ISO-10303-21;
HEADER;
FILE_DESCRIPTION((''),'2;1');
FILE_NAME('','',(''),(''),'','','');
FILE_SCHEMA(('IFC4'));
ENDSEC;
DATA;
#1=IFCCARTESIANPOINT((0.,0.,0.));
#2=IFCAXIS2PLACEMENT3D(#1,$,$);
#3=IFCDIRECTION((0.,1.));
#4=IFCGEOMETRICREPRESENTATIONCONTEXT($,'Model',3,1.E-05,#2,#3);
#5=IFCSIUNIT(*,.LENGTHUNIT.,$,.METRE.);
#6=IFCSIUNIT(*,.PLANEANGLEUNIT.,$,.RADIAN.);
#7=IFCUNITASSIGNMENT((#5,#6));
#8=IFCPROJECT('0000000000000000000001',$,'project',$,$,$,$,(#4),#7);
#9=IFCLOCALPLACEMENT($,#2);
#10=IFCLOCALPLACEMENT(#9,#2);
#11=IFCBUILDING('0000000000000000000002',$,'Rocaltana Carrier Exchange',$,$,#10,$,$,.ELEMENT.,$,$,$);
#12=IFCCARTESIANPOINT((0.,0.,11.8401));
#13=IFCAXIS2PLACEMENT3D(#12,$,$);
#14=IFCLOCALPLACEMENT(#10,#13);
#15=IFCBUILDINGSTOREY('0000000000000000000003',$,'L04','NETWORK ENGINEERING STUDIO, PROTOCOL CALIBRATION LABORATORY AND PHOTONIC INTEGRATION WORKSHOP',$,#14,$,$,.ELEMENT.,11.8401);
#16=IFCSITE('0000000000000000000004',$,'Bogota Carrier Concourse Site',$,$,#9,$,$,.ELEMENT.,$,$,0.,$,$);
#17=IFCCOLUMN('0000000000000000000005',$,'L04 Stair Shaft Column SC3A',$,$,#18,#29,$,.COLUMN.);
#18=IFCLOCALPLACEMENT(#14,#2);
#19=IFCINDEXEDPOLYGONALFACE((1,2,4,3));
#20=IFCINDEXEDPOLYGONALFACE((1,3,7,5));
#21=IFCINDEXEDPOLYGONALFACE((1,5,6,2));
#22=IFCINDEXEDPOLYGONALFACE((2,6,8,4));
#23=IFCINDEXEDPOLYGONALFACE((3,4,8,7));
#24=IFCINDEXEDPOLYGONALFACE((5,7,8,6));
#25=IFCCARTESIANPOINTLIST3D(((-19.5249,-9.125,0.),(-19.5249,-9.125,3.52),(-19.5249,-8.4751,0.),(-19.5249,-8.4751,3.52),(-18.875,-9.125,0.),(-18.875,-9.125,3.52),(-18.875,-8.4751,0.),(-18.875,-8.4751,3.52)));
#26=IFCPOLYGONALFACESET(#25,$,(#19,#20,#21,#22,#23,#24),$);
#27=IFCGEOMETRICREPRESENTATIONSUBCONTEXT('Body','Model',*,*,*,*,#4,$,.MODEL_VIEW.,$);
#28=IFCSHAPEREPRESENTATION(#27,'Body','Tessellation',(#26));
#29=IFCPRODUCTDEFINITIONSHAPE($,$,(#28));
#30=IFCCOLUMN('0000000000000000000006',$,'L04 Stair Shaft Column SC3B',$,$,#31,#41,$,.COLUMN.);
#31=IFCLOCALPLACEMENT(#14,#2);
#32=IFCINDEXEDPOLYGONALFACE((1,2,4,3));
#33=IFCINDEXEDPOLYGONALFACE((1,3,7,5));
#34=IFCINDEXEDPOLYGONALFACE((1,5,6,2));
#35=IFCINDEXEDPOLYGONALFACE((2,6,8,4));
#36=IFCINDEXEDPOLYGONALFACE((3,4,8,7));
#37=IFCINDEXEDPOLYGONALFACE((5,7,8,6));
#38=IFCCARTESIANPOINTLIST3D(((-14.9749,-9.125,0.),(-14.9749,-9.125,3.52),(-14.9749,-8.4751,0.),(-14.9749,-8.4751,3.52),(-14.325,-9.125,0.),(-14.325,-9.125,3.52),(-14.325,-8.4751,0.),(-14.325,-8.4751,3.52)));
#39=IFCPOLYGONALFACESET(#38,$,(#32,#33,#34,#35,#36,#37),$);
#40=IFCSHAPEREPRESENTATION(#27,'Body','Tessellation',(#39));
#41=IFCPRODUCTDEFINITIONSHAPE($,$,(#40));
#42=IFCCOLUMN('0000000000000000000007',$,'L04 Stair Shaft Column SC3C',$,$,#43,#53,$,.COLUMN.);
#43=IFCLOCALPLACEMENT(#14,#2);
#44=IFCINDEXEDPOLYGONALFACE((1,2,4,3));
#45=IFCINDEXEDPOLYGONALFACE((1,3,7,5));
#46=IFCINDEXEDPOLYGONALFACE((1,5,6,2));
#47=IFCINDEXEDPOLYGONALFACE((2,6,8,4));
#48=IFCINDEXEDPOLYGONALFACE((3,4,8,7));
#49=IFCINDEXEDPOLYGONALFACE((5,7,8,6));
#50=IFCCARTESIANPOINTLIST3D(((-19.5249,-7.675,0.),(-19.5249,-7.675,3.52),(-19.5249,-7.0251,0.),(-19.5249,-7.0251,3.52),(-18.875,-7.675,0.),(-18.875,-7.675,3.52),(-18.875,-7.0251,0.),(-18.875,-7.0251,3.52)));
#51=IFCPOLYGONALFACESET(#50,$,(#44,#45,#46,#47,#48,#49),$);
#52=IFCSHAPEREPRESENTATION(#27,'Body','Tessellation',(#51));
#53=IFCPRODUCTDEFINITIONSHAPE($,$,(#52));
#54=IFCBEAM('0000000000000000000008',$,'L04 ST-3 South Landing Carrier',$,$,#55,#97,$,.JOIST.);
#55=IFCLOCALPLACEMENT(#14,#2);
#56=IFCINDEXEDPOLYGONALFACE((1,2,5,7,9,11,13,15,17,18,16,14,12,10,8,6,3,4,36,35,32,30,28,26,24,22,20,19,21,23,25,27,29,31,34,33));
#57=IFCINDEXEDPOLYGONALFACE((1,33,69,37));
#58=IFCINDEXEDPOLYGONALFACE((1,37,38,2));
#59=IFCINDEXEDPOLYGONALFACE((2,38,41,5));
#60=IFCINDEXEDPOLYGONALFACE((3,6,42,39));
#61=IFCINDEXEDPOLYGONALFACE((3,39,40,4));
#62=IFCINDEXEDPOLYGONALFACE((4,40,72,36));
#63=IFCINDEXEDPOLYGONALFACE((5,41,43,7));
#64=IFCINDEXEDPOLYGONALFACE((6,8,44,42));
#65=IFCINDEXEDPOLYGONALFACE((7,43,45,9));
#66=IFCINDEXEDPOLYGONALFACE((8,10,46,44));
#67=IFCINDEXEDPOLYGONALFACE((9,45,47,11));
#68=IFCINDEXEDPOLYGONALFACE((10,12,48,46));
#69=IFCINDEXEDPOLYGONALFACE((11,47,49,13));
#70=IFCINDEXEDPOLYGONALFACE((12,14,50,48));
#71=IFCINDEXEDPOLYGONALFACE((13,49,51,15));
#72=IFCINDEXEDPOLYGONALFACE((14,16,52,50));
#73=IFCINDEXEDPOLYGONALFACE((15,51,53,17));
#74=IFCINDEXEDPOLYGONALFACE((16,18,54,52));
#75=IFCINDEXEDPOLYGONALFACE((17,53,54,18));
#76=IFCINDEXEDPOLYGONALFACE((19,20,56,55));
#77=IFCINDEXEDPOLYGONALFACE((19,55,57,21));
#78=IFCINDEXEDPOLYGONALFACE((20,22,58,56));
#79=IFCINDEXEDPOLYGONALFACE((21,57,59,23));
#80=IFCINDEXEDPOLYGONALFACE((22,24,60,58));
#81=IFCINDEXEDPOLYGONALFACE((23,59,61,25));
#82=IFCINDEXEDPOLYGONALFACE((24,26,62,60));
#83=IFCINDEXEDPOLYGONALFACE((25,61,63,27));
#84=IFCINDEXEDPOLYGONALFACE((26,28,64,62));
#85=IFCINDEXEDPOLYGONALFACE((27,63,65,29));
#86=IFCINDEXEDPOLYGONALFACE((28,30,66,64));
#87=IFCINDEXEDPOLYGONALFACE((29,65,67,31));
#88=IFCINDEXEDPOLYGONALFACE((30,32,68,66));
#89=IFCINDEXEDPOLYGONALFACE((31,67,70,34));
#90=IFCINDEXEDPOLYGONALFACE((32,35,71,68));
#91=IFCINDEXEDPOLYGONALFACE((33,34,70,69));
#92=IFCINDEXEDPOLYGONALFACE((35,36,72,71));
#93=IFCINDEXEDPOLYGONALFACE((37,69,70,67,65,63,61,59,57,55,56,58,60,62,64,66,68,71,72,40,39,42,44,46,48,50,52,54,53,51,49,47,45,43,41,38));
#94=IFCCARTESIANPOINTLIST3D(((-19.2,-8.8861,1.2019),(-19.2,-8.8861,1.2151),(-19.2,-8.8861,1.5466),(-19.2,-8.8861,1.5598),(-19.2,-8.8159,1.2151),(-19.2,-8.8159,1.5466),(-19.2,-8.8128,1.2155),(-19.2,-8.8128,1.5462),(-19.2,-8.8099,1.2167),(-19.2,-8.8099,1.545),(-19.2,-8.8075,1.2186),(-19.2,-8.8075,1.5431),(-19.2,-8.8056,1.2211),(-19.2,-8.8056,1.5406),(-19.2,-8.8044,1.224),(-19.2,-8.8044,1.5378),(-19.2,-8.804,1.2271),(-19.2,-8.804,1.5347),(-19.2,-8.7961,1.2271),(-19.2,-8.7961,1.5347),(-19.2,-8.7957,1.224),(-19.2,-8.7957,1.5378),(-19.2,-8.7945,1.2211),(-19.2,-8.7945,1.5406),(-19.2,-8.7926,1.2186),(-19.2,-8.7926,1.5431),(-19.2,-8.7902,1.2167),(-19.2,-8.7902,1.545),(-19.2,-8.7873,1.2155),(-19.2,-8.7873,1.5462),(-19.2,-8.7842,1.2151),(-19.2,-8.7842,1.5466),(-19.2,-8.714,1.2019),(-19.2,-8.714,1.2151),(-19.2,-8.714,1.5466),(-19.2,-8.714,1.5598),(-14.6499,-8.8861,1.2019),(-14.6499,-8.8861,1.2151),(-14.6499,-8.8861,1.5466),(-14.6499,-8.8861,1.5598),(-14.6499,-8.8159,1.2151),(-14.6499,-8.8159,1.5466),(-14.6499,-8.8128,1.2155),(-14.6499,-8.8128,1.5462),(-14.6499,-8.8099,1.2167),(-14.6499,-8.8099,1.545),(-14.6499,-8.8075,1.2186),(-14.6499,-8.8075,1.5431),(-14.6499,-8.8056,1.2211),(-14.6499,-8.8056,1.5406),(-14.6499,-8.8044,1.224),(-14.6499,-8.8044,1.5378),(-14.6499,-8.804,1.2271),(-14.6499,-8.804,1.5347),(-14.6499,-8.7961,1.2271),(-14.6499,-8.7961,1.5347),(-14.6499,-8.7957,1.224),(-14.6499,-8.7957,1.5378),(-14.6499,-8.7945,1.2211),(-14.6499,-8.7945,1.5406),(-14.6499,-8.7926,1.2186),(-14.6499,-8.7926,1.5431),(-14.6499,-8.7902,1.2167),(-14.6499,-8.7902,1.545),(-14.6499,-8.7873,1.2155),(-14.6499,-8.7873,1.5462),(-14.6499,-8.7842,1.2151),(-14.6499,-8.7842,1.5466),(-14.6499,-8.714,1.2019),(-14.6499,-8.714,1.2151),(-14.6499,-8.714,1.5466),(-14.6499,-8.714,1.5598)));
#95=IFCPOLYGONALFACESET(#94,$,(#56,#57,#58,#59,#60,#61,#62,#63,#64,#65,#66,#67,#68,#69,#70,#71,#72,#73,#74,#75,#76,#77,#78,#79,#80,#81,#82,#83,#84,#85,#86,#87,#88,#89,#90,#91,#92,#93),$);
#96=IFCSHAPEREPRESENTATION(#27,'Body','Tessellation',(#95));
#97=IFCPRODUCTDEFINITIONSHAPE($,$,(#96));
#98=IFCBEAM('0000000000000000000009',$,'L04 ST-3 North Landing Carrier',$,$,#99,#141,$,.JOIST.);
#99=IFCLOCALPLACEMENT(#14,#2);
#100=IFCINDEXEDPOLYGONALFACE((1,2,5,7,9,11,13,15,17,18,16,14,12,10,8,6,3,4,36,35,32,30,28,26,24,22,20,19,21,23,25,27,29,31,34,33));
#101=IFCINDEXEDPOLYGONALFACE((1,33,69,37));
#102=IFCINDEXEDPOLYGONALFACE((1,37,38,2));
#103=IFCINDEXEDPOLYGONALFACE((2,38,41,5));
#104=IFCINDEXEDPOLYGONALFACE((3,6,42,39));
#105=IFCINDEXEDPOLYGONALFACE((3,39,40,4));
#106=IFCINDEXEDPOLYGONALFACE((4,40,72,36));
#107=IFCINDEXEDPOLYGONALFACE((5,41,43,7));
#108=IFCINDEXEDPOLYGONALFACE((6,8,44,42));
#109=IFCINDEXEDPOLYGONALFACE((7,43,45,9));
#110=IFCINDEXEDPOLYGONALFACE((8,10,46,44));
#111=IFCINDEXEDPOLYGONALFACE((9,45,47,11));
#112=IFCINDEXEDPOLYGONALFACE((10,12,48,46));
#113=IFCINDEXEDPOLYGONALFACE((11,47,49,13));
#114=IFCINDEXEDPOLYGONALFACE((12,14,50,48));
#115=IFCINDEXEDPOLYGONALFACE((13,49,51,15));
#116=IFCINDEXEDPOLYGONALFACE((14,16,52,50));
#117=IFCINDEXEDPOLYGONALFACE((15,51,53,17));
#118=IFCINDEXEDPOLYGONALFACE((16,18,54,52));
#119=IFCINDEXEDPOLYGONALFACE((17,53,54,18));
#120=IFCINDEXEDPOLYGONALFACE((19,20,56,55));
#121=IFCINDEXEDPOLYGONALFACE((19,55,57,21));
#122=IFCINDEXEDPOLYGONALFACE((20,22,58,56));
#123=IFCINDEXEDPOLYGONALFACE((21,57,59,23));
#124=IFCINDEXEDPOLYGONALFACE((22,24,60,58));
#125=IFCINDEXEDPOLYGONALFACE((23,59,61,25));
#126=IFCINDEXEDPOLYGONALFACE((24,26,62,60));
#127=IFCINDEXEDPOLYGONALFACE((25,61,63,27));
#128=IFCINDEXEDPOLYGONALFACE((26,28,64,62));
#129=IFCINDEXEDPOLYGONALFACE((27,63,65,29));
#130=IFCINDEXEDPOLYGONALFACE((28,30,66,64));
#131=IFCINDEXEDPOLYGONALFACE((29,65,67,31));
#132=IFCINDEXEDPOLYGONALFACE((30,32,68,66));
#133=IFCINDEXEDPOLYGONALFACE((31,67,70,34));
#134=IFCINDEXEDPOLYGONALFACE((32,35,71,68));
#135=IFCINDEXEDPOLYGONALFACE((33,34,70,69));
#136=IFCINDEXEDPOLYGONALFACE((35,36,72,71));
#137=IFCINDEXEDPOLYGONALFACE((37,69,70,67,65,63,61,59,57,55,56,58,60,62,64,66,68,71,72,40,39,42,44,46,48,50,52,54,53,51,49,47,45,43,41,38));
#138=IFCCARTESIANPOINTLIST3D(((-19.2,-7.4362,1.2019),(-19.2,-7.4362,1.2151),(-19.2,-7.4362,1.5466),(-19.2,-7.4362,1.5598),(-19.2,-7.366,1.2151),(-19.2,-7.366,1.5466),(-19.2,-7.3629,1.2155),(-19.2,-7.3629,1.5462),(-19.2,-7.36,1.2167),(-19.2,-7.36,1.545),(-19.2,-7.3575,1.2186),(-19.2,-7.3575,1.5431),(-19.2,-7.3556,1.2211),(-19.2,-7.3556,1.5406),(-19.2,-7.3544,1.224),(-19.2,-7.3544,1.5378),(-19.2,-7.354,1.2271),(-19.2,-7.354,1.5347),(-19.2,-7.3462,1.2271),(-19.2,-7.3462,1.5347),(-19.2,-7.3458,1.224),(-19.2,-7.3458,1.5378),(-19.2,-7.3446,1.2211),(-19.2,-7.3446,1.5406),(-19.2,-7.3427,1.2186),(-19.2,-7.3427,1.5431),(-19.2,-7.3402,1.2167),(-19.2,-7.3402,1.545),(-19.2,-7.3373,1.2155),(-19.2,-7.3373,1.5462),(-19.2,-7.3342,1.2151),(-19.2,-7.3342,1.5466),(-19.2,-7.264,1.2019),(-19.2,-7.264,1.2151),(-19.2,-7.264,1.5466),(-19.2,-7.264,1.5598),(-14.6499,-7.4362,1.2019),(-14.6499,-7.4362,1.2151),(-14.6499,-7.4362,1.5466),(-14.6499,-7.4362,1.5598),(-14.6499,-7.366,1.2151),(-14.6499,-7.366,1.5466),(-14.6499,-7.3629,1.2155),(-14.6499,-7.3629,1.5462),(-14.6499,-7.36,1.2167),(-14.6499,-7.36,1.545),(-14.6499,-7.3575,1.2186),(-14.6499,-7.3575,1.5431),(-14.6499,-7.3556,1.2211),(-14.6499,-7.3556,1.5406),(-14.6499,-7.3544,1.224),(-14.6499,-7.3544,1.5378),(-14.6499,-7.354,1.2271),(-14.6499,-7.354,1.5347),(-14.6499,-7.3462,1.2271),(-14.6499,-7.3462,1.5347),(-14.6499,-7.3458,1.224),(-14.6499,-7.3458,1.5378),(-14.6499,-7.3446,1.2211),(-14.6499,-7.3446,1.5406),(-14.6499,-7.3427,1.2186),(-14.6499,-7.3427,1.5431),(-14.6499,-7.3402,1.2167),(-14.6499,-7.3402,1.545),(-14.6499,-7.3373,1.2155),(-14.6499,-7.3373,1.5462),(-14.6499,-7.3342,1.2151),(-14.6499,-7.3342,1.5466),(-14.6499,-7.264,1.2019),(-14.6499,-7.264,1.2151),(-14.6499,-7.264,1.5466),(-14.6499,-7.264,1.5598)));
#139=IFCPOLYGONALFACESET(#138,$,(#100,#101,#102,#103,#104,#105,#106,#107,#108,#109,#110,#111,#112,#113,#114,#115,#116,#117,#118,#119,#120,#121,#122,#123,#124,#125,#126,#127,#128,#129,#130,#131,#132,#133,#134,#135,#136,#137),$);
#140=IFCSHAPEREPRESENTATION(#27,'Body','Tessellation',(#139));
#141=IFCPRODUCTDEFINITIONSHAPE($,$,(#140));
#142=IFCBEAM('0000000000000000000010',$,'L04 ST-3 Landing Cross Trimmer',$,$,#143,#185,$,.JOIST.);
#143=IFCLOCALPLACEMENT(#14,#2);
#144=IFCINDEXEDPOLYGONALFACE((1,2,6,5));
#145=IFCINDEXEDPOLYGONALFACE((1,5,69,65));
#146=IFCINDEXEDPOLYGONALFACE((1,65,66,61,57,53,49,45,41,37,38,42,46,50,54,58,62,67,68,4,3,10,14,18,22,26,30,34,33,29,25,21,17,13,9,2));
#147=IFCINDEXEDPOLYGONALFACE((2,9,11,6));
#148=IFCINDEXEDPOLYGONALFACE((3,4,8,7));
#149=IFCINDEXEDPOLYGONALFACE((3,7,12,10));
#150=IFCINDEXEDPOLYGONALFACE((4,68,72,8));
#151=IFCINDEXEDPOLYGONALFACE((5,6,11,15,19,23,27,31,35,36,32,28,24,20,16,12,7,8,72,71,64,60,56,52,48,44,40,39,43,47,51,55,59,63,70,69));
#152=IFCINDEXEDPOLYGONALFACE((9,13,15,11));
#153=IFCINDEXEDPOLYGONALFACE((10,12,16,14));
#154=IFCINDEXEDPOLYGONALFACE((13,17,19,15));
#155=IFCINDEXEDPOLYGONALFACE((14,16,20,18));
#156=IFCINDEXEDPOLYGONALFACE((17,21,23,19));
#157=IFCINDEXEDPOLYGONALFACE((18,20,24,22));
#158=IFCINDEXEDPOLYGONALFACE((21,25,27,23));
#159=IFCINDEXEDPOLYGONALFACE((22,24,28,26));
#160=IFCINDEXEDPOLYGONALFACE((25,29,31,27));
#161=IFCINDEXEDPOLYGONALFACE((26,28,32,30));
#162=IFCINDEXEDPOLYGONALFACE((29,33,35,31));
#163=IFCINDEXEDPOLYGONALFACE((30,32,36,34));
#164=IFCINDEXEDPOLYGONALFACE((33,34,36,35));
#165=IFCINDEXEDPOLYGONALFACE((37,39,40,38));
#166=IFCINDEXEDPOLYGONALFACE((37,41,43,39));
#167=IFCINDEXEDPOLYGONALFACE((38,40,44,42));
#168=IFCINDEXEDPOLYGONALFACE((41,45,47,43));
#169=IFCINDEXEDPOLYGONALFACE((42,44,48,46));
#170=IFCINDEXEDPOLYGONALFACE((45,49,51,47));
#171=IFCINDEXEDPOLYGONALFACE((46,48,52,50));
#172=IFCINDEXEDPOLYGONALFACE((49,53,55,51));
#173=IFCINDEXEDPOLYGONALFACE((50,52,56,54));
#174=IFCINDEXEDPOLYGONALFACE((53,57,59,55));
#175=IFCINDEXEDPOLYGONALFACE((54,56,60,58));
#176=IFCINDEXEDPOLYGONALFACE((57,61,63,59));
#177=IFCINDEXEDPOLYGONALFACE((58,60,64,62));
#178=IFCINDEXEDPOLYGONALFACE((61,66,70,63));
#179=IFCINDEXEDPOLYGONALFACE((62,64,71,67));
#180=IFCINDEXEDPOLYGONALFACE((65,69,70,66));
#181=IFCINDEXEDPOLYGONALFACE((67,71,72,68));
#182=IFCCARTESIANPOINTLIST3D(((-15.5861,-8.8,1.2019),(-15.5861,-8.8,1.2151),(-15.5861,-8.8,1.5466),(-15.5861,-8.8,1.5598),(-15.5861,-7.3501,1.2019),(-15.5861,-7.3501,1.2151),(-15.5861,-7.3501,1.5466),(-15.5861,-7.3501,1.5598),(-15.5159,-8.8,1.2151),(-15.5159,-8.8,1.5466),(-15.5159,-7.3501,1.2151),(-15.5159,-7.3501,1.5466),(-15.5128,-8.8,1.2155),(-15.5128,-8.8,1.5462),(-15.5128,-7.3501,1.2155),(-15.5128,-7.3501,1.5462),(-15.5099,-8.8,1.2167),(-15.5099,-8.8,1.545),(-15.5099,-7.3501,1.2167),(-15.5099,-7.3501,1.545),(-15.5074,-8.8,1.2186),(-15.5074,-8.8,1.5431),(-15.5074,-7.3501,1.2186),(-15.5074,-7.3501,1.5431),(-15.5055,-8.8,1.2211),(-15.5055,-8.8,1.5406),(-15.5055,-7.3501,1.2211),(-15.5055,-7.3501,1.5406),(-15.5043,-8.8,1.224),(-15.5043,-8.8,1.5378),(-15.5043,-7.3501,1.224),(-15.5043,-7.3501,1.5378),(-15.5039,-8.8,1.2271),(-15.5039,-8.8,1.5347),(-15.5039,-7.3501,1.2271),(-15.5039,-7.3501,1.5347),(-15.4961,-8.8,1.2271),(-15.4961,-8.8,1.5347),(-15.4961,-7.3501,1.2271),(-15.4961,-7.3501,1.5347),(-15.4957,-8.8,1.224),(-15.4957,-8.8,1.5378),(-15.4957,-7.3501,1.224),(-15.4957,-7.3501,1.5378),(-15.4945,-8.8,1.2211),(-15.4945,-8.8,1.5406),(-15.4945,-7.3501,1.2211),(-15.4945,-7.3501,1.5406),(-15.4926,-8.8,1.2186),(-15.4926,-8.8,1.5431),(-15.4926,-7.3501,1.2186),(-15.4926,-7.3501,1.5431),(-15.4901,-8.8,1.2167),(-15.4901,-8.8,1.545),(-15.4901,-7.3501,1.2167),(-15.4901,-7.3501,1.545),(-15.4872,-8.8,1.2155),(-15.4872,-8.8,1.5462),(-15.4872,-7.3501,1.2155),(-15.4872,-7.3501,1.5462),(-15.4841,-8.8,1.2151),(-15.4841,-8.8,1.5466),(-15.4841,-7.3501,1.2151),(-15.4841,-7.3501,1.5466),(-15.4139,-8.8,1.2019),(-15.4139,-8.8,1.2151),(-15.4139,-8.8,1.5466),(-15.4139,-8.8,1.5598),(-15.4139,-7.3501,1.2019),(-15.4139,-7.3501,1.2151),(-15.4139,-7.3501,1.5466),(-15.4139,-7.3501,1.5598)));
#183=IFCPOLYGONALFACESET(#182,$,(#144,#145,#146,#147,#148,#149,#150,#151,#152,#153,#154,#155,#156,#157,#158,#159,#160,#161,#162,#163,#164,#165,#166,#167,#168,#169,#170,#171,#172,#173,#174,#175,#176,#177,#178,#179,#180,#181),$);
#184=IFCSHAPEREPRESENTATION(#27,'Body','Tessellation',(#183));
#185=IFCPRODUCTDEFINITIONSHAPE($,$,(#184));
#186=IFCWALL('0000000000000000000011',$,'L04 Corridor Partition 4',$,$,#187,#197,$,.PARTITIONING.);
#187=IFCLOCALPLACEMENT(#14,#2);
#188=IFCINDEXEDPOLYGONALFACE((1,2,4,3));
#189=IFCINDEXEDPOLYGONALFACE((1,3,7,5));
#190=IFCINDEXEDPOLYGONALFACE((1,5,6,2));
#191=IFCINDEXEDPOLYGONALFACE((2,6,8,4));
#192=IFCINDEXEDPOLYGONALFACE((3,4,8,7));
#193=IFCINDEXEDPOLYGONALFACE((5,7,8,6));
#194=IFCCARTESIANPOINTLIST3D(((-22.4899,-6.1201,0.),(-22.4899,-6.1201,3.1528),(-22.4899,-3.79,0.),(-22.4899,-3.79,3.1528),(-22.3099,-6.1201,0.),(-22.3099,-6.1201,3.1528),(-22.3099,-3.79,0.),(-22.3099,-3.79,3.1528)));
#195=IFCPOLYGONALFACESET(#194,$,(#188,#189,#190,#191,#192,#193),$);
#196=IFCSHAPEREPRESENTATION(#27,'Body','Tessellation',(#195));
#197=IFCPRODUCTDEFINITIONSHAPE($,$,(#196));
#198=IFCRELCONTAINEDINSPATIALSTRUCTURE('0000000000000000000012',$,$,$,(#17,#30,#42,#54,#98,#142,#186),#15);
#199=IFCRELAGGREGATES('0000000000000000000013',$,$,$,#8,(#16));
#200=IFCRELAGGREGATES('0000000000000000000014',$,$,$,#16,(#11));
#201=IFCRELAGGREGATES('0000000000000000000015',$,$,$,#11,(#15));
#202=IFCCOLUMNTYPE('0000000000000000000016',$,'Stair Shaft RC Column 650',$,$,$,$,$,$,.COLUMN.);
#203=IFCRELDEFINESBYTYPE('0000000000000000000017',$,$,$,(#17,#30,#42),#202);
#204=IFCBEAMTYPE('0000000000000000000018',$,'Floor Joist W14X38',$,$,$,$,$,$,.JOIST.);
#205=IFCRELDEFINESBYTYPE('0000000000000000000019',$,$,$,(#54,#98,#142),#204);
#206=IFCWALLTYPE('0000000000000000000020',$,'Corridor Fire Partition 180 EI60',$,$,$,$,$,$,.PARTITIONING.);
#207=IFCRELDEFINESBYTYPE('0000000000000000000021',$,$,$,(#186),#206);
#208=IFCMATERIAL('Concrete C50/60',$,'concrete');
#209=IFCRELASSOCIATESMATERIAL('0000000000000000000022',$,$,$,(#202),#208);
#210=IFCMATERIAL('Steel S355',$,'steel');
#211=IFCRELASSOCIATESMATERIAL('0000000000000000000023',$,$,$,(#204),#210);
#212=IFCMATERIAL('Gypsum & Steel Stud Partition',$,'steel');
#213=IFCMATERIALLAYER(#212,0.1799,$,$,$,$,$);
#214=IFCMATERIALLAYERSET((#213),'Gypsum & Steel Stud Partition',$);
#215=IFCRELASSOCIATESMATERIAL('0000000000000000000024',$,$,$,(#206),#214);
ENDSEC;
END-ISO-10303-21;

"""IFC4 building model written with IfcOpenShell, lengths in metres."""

from ifc_helpers import new_model, si_unit, direction, frame, frame_2d, origin, origin_2d, place, context, subcontext, project, spatial, rectangle, i_section, extrude, material, layer, layer_set, material_profile, profile_set, type_object, element, save


model = new_model("IFC4")

# Units and contexts
model_context = context("Model", 3, precision=1e-05, world=origin(), true_north=direction((0.0, 1.0)))
body_context = subcontext(model_context, "Body", "Model", "MODEL_VIEW")
ifc_project = project(units=[si_unit("LENGTHUNIT", "METRE"), si_unit("PLANEANGLEUNIT", "RADIAN")], contexts=[model_context])

# Site, building, storey
site_placement = place(None, origin())
site = spatial("IfcSite", under=ifc_project, at=site_placement, Name="Bogota Carrier Concourse Site", CompositionType="ELEMENT", RefElevation=0.0)
building_placement = place(site_placement, origin())
building = spatial("IfcBuilding", under=site, at=building_placement, Name="Rocaltana Carrier Exchange", CompositionType="ELEMENT")
storey_placement = place(building_placement, frame((0.0, 0.0, 11.8401)))
storey = spatial("IfcBuildingStorey", under=building, at=storey_placement, Name="L04", Description="NETWORK ENGINEERING STUDIO, PROTOCOL CALIBRATION LABORATORY AND PHOTONIC INTEGRATION WORKSHOP", CompositionType="ELEMENT", Elevation=11.8401)

# Columns
ifc_material_1 = material(Name="Concrete C50/60", Category="concrete")
ifc_material_profile_1 = material_profile(ifc_material_1, rectangle(XDim=0.6499, YDim=0.6499, at=origin_2d()), Name="RC-COL-650X650")
ifc_profile_set_1 = profile_set([ifc_material_profile_1], Name="Concrete C50/60")
column_type = type_object("IfcColumnType", Name="Stair Shaft RC Column 650", PredefinedType="COLUMN", material=ifc_profile_set_1)
for number, where, z_axis, x_axis, name in (
    (1, (-19.2, -8.8, 0.0), (0.0, 0.0, 1.0), (1.0, 0.0, 0.0), "L04 Stair Shaft Column SC3A"),
    (2, (-14.6499, -8.8, 0.0), (0.0, 0.0, 1.0), (1.0, 0.0, 0.0), "L04 Stair Shaft Column SC3B"),
    (3, (-19.2, -7.3501, 0.0), (0.0, 0.0, 1.0), (1.0, 0.0, 0.0), "L04 Stair Shaft Column SC3C"),
):
    element("IfcColumn", number, at=place(storey_placement, frame(where, z_axis=z_axis, x_axis=x_axis)), inside=storey, type_object=column_type, Name=name, PredefinedType="COLUMN", context=body_context, shape_type="SweptSolid", body=[
        extrude(rectangle(XDim=0.6499, YDim=0.6499, at=origin_2d()), origin(), (0.0, 0.0, 1.0), 3.52),
    ])

# Beams
ifc_material_2 = material(Name="Steel S355", Category="steel")
ifc_material_profile_2 = material_profile(ifc_material_2, i_section(OverallWidth=0.1721, OverallDepth=0.3579, WebThickness=0.0078, FlangeThickness=0.0132, FilletRadius=0.012, at=origin_2d()), Name="W14X38")
ifc_profile_set_2 = profile_set([ifc_material_profile_2], Name="Steel S355")
beam_type = type_object("IfcBeamType", Name="Floor Joist W14X38", PredefinedType="JOIST", material=ifc_profile_set_2)
for number, where, z_axis, x_axis, name in (
    (4, (-19.2, -8.8, 1.3809), (1.0, 0.0, 0.0), (0.0, 1.0, 0.0), "L04 ST-3 South Landing Carrier"),
    (5, (-19.2, -7.3501, 1.3809), (1.0, 0.0, 0.0), (0.0, 1.0, 0.0), "L04 ST-3 North Landing Carrier"),
):
    element("IfcBeam", number, at=place(storey_placement, frame(where, z_axis=z_axis, x_axis=x_axis)), inside=storey, type_object=beam_type, Name=name, PredefinedType="JOIST", context=body_context, shape_type="SweptSolid", body=[
        extrude(i_section(OverallWidth=0.1721, OverallDepth=0.3579, WebThickness=0.0078, FlangeThickness=0.0132, FilletRadius=0.012, at=origin_2d()), origin(), (0.0, 0.0, 1.0), 4.55),
    ])
beam_placement = place(storey_placement, frame((-15.5, -8.8, 1.3809), z_axis=(0.0, 1.0, 0.0), x_axis=(-1.0, 0.0, 0.0)))
element("IfcBeam", 6, at=beam_placement, inside=storey, type_object=beam_type, Name="L04 ST-3 Landing Cross Trimmer", PredefinedType="JOIST", context=body_context, shape_type="SweptSolid", body=[
    extrude(i_section(OverallWidth=0.1721, OverallDepth=0.3579, WebThickness=0.0078, FlangeThickness=0.0132, FilletRadius=0.012, at=origin_2d()), origin(), (0.0, 0.0, 1.0), 1.45),
])

# Wall
ifc_material_3 = material(Name="Gypsum & Steel Stud Partition", Category="steel")
ifc_layer_1 = layer(ifc_material_3, 0.1799)
ifc_layer_set_1 = layer_set([ifc_layer_1], Name="Gypsum & Steel Stud Partition")
wall_type_1 = type_object("IfcWallType", Name="Corridor Fire Partition 180 EI60", PredefinedType="PARTITIONING", material=ifc_layer_set_1)
wall_1_placement = place(storey_placement, frame((-22.3999, -6.1201, 0.0), z_axis=(0.0, 0.0, 1.0), x_axis=(0.0, 1.0, 0.0)))
element("IfcWall", 7, at=wall_1_placement, inside=storey, type_object=wall_type_1, Name="L04 Corridor Partition 4", PredefinedType="PARTITIONING", context=body_context, shape_type="SweptSolid", body=[
    extrude(rectangle(XDim=2.3301, YDim=0.1799, at=frame_2d((1.165, 0.0))), origin(), (0.0, 0.0, 1.0), 3.1528),
])

save(model, "model.ifc")
